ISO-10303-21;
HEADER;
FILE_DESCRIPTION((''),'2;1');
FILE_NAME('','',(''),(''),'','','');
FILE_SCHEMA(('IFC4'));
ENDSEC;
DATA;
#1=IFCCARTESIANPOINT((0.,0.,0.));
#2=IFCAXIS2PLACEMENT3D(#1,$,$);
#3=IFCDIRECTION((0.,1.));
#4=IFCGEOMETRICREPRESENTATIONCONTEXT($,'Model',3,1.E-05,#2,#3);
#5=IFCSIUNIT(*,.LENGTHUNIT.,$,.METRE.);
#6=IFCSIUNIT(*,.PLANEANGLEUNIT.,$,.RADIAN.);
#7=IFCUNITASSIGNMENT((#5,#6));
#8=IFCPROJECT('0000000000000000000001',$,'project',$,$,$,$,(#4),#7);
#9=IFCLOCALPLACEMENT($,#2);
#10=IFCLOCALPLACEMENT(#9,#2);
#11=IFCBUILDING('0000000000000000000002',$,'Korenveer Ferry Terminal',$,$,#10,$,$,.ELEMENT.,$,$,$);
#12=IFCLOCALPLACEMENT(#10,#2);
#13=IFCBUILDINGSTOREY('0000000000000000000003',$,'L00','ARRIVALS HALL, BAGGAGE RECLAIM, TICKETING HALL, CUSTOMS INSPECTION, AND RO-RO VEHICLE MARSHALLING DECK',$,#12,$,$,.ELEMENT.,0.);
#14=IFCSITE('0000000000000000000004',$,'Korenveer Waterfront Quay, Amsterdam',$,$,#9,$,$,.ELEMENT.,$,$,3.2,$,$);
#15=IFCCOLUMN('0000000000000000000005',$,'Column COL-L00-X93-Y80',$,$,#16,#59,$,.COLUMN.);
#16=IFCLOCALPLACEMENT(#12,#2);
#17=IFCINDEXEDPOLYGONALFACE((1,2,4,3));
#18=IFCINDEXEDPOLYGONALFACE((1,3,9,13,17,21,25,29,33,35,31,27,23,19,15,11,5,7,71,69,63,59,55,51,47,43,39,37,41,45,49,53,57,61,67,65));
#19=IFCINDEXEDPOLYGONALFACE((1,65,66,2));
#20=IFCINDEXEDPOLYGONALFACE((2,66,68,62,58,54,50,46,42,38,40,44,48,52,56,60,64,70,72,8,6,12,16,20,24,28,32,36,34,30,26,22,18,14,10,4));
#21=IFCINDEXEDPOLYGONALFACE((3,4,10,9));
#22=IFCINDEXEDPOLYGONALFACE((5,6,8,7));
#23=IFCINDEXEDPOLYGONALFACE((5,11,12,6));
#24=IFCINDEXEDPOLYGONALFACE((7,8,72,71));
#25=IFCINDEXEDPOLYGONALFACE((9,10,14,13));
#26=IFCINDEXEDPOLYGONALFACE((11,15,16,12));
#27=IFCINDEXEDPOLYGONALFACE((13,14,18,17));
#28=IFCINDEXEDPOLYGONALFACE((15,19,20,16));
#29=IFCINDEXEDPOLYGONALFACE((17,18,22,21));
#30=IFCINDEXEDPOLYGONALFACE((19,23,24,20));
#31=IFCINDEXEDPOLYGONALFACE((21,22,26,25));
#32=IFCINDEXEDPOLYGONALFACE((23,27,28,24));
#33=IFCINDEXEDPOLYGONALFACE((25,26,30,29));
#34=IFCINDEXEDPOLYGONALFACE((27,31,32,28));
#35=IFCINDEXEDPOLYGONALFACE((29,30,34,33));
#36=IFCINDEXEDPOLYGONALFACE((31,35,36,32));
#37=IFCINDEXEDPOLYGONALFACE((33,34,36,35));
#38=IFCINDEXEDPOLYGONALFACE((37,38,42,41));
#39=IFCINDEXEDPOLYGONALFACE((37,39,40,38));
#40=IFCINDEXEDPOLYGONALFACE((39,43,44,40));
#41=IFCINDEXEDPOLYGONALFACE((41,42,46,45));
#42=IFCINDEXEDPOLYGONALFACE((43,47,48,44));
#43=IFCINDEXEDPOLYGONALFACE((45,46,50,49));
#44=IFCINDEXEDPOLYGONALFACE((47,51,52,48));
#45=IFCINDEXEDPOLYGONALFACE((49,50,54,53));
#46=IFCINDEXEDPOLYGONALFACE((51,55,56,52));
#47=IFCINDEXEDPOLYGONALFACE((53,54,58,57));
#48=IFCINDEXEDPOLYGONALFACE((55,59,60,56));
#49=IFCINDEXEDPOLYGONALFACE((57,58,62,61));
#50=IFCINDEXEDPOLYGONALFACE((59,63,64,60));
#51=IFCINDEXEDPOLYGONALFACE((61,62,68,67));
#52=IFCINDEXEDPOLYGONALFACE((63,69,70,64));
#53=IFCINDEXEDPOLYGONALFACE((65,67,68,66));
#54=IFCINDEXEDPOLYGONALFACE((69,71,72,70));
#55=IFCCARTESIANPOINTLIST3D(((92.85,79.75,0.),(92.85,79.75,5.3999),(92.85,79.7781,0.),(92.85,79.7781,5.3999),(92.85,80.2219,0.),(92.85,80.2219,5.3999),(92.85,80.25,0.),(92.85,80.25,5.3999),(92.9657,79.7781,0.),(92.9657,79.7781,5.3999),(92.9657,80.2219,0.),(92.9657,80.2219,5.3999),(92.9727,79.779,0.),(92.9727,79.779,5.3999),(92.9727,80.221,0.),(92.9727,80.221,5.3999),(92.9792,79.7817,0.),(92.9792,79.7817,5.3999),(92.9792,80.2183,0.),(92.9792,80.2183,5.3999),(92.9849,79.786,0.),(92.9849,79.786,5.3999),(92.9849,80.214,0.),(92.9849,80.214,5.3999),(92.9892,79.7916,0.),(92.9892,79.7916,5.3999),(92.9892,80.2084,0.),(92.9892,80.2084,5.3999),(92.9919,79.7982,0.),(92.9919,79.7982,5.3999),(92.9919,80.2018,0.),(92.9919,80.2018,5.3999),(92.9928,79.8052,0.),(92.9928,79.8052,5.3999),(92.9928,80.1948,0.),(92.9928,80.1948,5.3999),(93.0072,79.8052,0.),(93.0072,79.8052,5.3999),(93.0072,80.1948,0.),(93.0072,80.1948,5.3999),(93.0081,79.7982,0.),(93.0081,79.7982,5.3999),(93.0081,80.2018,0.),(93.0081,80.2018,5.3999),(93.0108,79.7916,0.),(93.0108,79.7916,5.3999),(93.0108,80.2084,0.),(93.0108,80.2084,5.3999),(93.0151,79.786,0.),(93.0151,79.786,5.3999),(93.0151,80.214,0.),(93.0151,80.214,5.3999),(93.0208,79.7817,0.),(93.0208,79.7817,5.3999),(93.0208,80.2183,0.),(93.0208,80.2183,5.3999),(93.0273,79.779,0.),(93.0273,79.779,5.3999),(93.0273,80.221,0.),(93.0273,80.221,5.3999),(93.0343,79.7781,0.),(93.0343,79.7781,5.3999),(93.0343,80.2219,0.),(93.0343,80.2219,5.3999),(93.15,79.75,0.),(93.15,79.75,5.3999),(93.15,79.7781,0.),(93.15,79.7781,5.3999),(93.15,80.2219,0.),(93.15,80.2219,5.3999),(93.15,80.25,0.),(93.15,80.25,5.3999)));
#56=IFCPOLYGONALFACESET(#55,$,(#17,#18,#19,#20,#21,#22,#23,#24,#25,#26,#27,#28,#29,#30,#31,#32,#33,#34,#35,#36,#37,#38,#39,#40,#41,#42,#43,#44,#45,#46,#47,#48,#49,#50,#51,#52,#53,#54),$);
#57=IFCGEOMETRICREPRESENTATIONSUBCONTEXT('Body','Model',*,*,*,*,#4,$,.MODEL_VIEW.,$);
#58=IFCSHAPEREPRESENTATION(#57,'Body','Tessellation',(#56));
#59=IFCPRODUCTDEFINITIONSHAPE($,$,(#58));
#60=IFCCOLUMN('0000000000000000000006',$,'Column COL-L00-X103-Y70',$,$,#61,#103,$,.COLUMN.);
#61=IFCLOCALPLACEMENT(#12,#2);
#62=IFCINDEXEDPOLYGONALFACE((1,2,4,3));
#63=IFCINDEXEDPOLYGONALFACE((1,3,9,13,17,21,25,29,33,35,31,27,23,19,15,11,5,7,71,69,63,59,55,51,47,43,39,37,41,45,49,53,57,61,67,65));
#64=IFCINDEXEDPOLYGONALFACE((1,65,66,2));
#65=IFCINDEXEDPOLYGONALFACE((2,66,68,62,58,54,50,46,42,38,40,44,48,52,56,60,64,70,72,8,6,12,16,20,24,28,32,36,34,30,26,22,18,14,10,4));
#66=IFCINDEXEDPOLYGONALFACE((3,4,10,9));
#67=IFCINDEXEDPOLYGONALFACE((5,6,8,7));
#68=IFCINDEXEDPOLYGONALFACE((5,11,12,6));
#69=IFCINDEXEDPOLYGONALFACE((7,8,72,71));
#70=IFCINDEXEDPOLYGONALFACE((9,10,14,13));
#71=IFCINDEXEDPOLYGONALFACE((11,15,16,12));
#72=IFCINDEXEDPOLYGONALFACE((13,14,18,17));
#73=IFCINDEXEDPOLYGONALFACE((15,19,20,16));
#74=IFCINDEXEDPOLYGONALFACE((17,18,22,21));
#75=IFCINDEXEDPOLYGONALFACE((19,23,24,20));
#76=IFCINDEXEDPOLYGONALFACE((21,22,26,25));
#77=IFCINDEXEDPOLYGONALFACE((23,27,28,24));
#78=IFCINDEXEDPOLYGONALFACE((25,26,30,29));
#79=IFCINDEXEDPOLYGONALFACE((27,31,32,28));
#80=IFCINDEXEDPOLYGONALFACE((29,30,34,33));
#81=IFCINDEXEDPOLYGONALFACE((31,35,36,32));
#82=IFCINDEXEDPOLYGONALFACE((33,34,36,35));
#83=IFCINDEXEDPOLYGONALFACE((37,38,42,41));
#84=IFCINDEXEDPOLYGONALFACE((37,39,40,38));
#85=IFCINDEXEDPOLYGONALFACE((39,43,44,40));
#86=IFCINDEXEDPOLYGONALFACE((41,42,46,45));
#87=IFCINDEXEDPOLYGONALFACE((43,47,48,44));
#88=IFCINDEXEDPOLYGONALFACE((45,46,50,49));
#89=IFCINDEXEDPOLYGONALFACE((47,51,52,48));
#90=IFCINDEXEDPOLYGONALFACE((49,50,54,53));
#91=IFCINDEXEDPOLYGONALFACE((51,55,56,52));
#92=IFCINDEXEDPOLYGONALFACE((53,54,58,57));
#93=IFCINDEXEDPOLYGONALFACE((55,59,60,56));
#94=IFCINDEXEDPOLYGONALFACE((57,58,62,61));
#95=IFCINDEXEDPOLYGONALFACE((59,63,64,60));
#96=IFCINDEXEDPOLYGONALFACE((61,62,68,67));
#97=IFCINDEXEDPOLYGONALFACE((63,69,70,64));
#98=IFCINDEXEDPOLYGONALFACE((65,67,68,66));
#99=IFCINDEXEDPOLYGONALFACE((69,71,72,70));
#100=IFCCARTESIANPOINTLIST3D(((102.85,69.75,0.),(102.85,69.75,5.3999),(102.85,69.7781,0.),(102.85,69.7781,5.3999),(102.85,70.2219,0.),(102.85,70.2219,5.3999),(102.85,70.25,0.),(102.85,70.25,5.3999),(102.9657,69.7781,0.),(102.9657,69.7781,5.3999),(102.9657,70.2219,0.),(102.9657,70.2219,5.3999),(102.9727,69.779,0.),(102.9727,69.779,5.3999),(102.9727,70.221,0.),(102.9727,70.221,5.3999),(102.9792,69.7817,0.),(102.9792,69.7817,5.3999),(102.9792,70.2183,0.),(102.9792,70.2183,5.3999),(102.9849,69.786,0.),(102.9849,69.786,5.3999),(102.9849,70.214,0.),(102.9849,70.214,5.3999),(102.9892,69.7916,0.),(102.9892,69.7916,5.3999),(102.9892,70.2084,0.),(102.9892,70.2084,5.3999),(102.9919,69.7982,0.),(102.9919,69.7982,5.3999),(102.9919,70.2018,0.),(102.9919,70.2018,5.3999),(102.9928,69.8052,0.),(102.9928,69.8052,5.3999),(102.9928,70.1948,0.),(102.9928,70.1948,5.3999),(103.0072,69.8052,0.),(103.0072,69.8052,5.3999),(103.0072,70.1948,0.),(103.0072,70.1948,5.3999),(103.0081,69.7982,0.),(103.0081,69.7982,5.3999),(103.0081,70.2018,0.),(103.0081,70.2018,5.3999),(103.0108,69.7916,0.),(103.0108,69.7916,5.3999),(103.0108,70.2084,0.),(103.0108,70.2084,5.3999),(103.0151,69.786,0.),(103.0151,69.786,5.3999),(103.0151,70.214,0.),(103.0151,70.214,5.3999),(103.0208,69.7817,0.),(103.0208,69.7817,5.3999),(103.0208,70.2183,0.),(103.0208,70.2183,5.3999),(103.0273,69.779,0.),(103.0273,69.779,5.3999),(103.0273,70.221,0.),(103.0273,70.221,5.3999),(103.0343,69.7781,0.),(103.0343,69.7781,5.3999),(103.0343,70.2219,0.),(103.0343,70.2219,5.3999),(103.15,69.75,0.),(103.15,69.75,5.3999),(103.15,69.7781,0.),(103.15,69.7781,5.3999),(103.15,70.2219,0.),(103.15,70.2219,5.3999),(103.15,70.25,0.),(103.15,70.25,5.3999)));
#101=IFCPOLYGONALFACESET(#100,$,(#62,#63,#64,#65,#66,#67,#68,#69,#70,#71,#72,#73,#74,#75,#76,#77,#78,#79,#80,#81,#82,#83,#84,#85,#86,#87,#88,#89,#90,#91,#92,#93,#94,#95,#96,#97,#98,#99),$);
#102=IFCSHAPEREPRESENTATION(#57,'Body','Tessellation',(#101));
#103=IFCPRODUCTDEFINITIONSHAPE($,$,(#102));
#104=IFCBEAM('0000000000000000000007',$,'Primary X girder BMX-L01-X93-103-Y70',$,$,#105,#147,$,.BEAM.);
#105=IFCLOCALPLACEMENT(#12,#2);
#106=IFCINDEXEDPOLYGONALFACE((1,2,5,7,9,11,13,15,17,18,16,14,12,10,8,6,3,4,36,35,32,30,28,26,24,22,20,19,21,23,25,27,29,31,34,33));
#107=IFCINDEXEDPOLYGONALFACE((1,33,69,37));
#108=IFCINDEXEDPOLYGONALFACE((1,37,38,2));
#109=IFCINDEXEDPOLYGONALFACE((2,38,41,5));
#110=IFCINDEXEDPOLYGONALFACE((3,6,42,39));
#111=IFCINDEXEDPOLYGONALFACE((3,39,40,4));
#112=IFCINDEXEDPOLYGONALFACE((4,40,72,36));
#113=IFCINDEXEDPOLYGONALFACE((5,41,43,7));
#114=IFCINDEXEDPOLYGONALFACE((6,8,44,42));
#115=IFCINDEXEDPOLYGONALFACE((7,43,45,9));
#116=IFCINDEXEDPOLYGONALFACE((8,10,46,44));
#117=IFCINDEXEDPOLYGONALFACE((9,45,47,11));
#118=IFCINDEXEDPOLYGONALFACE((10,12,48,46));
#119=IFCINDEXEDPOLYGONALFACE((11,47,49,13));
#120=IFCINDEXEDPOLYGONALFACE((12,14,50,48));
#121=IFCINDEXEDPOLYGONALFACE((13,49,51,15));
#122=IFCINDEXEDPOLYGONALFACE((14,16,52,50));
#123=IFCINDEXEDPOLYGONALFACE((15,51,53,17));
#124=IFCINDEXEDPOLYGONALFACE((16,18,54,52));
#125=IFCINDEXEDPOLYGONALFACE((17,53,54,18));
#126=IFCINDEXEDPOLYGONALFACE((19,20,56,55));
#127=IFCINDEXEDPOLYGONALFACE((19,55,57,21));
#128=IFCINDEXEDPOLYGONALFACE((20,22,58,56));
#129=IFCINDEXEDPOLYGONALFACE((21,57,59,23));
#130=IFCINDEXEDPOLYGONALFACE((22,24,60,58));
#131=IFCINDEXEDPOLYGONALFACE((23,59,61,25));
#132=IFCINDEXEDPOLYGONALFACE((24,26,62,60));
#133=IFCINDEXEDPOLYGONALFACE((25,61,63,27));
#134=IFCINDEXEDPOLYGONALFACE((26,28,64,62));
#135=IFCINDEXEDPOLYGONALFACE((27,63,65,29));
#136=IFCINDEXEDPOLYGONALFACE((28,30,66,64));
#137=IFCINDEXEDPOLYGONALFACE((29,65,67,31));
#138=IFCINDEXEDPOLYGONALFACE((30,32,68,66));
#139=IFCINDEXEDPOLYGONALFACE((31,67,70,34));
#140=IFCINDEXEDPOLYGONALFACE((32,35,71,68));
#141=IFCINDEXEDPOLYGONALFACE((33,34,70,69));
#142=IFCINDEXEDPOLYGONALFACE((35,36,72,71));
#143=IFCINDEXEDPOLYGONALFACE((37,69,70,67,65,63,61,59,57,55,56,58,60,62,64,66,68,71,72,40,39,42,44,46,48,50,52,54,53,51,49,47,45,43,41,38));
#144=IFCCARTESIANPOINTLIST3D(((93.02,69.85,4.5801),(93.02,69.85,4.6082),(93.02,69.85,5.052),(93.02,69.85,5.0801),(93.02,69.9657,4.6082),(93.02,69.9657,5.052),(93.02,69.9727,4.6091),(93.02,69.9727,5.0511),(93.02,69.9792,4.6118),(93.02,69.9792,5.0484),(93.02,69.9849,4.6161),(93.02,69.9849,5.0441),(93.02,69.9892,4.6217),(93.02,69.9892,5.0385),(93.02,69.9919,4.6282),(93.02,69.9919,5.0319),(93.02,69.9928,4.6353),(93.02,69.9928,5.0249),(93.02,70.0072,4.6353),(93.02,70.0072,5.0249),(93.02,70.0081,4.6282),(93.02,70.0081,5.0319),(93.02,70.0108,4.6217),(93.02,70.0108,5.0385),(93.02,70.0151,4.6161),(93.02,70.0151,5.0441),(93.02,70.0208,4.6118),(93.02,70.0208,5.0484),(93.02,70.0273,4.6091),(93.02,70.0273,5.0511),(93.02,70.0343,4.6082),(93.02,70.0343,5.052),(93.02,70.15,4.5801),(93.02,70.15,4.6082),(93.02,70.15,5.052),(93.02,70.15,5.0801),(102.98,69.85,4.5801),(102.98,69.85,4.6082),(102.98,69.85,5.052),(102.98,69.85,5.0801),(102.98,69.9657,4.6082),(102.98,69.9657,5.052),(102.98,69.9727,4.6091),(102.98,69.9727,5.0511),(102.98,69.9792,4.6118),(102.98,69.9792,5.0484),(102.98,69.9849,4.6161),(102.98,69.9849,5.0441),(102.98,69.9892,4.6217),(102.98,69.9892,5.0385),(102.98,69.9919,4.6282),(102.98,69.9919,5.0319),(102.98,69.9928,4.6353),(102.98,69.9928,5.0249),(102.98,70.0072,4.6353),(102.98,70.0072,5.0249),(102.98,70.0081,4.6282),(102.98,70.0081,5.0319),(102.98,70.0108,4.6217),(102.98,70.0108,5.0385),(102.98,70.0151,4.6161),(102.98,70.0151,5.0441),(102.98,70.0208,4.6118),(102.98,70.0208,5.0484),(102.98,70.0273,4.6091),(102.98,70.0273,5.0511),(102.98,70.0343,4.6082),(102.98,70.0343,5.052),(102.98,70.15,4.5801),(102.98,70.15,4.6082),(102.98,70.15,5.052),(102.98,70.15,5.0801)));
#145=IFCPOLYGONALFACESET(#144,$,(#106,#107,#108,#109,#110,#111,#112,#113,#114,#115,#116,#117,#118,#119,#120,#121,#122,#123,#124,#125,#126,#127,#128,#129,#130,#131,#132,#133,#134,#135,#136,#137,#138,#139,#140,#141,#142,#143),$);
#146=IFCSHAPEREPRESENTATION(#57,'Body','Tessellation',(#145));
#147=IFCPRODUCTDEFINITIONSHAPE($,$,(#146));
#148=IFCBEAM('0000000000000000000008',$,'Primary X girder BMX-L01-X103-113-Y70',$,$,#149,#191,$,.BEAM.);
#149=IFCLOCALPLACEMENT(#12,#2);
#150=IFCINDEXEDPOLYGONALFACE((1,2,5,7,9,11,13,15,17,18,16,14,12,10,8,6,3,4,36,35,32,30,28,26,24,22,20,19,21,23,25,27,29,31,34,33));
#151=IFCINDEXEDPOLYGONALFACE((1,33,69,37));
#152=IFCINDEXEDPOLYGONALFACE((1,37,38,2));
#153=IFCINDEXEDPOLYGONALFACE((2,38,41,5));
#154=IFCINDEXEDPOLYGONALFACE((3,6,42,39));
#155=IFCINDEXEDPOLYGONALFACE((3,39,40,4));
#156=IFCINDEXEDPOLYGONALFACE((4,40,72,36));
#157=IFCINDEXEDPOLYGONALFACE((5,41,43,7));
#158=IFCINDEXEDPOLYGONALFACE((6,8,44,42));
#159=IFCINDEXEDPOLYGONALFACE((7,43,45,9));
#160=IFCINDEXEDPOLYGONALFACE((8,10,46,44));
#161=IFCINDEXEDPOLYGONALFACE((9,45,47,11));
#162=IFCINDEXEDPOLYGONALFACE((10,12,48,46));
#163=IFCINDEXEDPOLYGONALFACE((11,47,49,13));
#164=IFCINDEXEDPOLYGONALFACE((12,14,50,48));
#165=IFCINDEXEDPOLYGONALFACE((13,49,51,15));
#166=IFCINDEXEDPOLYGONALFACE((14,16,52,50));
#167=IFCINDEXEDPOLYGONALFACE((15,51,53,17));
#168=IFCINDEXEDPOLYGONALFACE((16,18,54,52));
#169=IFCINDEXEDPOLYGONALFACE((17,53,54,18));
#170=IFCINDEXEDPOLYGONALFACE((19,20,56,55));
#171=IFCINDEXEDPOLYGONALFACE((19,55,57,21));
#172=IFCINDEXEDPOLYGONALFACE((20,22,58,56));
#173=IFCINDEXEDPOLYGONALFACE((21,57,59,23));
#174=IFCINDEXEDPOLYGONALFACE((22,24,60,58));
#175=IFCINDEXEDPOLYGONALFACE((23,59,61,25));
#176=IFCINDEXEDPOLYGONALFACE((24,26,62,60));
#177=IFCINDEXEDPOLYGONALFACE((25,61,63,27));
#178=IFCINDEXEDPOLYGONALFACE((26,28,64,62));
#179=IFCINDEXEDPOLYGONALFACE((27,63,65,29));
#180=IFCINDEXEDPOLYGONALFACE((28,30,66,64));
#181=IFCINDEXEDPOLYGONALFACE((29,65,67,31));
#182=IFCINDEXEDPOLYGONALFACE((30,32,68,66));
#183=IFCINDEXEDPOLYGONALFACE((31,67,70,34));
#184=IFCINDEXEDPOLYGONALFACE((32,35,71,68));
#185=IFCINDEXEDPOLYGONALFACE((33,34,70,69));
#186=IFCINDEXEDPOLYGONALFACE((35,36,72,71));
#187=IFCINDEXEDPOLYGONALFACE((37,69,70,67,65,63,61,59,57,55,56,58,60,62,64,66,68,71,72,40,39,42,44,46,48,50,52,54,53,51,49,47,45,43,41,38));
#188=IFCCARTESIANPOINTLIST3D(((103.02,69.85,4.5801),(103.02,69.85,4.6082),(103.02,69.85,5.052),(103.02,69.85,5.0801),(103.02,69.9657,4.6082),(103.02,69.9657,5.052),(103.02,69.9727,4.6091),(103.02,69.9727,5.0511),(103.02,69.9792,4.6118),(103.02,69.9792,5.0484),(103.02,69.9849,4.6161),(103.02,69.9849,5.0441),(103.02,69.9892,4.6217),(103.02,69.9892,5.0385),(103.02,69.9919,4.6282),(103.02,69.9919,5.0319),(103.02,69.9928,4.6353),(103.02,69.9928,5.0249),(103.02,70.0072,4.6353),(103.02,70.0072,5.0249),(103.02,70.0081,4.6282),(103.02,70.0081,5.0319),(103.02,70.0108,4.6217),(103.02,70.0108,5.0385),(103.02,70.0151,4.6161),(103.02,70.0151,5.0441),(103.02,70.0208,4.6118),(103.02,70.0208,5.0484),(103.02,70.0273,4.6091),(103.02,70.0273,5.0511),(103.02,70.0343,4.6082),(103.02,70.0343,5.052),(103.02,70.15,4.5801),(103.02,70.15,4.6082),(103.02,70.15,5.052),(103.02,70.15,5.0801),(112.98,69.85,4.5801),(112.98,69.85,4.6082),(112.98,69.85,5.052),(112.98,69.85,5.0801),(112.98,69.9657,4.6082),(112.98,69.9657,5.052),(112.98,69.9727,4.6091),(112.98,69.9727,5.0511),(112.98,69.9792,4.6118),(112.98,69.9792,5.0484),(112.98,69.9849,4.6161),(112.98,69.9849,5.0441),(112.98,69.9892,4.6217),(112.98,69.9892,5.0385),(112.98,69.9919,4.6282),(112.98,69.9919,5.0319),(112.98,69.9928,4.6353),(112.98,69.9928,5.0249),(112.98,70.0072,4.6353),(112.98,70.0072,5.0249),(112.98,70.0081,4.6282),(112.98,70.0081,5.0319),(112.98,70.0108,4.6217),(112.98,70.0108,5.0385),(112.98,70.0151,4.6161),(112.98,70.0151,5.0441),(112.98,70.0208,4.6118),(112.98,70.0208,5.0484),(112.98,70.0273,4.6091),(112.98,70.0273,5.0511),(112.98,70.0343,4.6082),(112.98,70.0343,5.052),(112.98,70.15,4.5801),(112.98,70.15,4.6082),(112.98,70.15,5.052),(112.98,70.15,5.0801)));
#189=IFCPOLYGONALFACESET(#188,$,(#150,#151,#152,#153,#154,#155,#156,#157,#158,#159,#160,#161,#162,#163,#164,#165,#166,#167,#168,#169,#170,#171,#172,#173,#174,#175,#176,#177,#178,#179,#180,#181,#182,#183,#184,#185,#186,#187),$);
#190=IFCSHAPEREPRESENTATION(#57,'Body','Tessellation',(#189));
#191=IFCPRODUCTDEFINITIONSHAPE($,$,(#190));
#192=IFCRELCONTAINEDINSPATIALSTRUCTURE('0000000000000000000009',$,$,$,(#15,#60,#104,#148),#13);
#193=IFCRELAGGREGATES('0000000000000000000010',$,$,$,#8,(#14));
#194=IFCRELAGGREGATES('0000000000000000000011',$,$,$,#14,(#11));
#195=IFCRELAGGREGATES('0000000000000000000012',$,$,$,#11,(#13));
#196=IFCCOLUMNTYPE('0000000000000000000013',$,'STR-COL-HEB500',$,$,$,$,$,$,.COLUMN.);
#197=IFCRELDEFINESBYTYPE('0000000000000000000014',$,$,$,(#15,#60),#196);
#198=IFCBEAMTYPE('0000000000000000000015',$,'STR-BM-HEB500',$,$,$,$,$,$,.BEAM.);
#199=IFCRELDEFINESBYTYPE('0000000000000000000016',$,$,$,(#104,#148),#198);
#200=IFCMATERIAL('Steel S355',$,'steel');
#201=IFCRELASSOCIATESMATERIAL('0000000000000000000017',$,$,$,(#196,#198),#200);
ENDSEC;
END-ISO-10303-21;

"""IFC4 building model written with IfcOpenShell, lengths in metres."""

from ifc_helpers import new_model, si_unit, direction, frame, origin, origin_2d, place, context, subcontext, project, spatial, i_section, extrude, material, material_profile, profile_set, type_object, element, save


model = new_model("IFC4")

# Units and contexts
model_context = context("Model", 3, precision=1e-05, world=origin(), true_north=direction((0.0, 1.0)))
body_context = subcontext(model_context, "Body", "Model", "MODEL_VIEW")
ifc_project = project(units=[si_unit("LENGTHUNIT", "METRE"), si_unit("PLANEANGLEUNIT", "RADIAN")], contexts=[model_context])

# Site, building, storey
site_placement = place(None, origin())
site = spatial("IfcSite", under=ifc_project, at=site_placement, Name="Korenveer Waterfront Quay, Amsterdam", CompositionType="ELEMENT", RefElevation=3.2)
building_placement = place(site_placement, origin())
building = spatial("IfcBuilding", under=site, at=building_placement, Name="Korenveer Ferry Terminal", CompositionType="ELEMENT")
storey_placement = place(building_placement, origin())
storey = spatial("IfcBuildingStorey", under=building, at=storey_placement, Name="L00", Description="ARRIVALS HALL, BAGGAGE RECLAIM, TICKETING HALL, CUSTOMS INSPECTION, AND RO-RO VEHICLE MARSHALLING DECK", CompositionType="ELEMENT", Elevation=0.0)

# Columns
ifc_material_1 = material(Name="Steel S355", Category="steel")
ifc_material_profile_1 = material_profile(ifc_material_1, i_section(OverallWidth=0.3, OverallDepth=0.5, WebThickness=0.0144, FlangeThickness=0.0281, FilletRadius=0.0271, at=origin_2d()), Name="HEB 500")
ifc_profile_set_1 = profile_set([ifc_material_profile_1], Name="Steel S355")
column_type = type_object("IfcColumnType", Name="STR-COL-HEB500", PredefinedType="COLUMN", material=ifc_profile_set_1)
for number, where, z_axis, x_axis, name in (
    (1, (93.0, 80.0, 0.0), (0.0, 0.0, 1.0), (1.0, 0.0, 0.0), "Column COL-L00-X93-Y80"),
    (2, (103.0, 70.0, 0.0), (0.0, 0.0, 1.0), (1.0, 0.0, 0.0), "Column COL-L00-X103-Y70"),
):
    element("IfcColumn", number, at=place(storey_placement, frame(where, z_axis=z_axis, x_axis=x_axis)), inside=storey, type_object=column_type, Name=name, PredefinedType="COLUMN", context=body_context, shape_type="SweptSolid", body=[
        extrude(i_section(OverallWidth=0.3, OverallDepth=0.5, WebThickness=0.0144, FlangeThickness=0.0281, FilletRadius=0.0271, at=origin_2d()), origin(), (0.0, 0.0, 1.0), 5.3999),
    ])

# Beams
ifc_material_profile_2 = material_profile(ifc_material_1, i_section(OverallWidth=0.3, OverallDepth=0.5, WebThickness=0.0144, FlangeThickness=0.0281, FilletRadius=0.0271, at=origin_2d()), Name="HEB 500")
ifc_profile_set_2 = profile_set([ifc_material_profile_2], Name="Steel S355")
beam_type_1 = type_object("IfcBeamType", Name="STR-BM-HEB500", PredefinedType="BEAM", material=ifc_profile_set_2)
for number, where, z_axis, x_axis, name in (
    (3, (93.02, 70.0, 4.8301), (1.0, 0.0, 0.0), (0.0, 1.0, 0.0), "Primary X girder BMX-L01-X93-103-Y70"),
    (4, (103.02, 70.0, 4.8301), (1.0, 0.0, 0.0), (0.0, 1.0, 0.0), "Primary X girder BMX-L01-X103-113-Y70"),
):
    element("IfcBeam", number, at=place(storey_placement, frame(where, z_axis=z_axis, x_axis=x_axis)), inside=storey, type_object=beam_type_1, Name=name, PredefinedType="BEAM", context=body_context, shape_type="SweptSolid", body=[
        extrude(i_section(OverallWidth=0.3, OverallDepth=0.5, WebThickness=0.0144, FlangeThickness=0.0281, FilletRadius=0.0271, at=origin_2d()), origin(), (0.0, 0.0, 1.0), 9.96),
    ])

save(model, "model.ifc")
